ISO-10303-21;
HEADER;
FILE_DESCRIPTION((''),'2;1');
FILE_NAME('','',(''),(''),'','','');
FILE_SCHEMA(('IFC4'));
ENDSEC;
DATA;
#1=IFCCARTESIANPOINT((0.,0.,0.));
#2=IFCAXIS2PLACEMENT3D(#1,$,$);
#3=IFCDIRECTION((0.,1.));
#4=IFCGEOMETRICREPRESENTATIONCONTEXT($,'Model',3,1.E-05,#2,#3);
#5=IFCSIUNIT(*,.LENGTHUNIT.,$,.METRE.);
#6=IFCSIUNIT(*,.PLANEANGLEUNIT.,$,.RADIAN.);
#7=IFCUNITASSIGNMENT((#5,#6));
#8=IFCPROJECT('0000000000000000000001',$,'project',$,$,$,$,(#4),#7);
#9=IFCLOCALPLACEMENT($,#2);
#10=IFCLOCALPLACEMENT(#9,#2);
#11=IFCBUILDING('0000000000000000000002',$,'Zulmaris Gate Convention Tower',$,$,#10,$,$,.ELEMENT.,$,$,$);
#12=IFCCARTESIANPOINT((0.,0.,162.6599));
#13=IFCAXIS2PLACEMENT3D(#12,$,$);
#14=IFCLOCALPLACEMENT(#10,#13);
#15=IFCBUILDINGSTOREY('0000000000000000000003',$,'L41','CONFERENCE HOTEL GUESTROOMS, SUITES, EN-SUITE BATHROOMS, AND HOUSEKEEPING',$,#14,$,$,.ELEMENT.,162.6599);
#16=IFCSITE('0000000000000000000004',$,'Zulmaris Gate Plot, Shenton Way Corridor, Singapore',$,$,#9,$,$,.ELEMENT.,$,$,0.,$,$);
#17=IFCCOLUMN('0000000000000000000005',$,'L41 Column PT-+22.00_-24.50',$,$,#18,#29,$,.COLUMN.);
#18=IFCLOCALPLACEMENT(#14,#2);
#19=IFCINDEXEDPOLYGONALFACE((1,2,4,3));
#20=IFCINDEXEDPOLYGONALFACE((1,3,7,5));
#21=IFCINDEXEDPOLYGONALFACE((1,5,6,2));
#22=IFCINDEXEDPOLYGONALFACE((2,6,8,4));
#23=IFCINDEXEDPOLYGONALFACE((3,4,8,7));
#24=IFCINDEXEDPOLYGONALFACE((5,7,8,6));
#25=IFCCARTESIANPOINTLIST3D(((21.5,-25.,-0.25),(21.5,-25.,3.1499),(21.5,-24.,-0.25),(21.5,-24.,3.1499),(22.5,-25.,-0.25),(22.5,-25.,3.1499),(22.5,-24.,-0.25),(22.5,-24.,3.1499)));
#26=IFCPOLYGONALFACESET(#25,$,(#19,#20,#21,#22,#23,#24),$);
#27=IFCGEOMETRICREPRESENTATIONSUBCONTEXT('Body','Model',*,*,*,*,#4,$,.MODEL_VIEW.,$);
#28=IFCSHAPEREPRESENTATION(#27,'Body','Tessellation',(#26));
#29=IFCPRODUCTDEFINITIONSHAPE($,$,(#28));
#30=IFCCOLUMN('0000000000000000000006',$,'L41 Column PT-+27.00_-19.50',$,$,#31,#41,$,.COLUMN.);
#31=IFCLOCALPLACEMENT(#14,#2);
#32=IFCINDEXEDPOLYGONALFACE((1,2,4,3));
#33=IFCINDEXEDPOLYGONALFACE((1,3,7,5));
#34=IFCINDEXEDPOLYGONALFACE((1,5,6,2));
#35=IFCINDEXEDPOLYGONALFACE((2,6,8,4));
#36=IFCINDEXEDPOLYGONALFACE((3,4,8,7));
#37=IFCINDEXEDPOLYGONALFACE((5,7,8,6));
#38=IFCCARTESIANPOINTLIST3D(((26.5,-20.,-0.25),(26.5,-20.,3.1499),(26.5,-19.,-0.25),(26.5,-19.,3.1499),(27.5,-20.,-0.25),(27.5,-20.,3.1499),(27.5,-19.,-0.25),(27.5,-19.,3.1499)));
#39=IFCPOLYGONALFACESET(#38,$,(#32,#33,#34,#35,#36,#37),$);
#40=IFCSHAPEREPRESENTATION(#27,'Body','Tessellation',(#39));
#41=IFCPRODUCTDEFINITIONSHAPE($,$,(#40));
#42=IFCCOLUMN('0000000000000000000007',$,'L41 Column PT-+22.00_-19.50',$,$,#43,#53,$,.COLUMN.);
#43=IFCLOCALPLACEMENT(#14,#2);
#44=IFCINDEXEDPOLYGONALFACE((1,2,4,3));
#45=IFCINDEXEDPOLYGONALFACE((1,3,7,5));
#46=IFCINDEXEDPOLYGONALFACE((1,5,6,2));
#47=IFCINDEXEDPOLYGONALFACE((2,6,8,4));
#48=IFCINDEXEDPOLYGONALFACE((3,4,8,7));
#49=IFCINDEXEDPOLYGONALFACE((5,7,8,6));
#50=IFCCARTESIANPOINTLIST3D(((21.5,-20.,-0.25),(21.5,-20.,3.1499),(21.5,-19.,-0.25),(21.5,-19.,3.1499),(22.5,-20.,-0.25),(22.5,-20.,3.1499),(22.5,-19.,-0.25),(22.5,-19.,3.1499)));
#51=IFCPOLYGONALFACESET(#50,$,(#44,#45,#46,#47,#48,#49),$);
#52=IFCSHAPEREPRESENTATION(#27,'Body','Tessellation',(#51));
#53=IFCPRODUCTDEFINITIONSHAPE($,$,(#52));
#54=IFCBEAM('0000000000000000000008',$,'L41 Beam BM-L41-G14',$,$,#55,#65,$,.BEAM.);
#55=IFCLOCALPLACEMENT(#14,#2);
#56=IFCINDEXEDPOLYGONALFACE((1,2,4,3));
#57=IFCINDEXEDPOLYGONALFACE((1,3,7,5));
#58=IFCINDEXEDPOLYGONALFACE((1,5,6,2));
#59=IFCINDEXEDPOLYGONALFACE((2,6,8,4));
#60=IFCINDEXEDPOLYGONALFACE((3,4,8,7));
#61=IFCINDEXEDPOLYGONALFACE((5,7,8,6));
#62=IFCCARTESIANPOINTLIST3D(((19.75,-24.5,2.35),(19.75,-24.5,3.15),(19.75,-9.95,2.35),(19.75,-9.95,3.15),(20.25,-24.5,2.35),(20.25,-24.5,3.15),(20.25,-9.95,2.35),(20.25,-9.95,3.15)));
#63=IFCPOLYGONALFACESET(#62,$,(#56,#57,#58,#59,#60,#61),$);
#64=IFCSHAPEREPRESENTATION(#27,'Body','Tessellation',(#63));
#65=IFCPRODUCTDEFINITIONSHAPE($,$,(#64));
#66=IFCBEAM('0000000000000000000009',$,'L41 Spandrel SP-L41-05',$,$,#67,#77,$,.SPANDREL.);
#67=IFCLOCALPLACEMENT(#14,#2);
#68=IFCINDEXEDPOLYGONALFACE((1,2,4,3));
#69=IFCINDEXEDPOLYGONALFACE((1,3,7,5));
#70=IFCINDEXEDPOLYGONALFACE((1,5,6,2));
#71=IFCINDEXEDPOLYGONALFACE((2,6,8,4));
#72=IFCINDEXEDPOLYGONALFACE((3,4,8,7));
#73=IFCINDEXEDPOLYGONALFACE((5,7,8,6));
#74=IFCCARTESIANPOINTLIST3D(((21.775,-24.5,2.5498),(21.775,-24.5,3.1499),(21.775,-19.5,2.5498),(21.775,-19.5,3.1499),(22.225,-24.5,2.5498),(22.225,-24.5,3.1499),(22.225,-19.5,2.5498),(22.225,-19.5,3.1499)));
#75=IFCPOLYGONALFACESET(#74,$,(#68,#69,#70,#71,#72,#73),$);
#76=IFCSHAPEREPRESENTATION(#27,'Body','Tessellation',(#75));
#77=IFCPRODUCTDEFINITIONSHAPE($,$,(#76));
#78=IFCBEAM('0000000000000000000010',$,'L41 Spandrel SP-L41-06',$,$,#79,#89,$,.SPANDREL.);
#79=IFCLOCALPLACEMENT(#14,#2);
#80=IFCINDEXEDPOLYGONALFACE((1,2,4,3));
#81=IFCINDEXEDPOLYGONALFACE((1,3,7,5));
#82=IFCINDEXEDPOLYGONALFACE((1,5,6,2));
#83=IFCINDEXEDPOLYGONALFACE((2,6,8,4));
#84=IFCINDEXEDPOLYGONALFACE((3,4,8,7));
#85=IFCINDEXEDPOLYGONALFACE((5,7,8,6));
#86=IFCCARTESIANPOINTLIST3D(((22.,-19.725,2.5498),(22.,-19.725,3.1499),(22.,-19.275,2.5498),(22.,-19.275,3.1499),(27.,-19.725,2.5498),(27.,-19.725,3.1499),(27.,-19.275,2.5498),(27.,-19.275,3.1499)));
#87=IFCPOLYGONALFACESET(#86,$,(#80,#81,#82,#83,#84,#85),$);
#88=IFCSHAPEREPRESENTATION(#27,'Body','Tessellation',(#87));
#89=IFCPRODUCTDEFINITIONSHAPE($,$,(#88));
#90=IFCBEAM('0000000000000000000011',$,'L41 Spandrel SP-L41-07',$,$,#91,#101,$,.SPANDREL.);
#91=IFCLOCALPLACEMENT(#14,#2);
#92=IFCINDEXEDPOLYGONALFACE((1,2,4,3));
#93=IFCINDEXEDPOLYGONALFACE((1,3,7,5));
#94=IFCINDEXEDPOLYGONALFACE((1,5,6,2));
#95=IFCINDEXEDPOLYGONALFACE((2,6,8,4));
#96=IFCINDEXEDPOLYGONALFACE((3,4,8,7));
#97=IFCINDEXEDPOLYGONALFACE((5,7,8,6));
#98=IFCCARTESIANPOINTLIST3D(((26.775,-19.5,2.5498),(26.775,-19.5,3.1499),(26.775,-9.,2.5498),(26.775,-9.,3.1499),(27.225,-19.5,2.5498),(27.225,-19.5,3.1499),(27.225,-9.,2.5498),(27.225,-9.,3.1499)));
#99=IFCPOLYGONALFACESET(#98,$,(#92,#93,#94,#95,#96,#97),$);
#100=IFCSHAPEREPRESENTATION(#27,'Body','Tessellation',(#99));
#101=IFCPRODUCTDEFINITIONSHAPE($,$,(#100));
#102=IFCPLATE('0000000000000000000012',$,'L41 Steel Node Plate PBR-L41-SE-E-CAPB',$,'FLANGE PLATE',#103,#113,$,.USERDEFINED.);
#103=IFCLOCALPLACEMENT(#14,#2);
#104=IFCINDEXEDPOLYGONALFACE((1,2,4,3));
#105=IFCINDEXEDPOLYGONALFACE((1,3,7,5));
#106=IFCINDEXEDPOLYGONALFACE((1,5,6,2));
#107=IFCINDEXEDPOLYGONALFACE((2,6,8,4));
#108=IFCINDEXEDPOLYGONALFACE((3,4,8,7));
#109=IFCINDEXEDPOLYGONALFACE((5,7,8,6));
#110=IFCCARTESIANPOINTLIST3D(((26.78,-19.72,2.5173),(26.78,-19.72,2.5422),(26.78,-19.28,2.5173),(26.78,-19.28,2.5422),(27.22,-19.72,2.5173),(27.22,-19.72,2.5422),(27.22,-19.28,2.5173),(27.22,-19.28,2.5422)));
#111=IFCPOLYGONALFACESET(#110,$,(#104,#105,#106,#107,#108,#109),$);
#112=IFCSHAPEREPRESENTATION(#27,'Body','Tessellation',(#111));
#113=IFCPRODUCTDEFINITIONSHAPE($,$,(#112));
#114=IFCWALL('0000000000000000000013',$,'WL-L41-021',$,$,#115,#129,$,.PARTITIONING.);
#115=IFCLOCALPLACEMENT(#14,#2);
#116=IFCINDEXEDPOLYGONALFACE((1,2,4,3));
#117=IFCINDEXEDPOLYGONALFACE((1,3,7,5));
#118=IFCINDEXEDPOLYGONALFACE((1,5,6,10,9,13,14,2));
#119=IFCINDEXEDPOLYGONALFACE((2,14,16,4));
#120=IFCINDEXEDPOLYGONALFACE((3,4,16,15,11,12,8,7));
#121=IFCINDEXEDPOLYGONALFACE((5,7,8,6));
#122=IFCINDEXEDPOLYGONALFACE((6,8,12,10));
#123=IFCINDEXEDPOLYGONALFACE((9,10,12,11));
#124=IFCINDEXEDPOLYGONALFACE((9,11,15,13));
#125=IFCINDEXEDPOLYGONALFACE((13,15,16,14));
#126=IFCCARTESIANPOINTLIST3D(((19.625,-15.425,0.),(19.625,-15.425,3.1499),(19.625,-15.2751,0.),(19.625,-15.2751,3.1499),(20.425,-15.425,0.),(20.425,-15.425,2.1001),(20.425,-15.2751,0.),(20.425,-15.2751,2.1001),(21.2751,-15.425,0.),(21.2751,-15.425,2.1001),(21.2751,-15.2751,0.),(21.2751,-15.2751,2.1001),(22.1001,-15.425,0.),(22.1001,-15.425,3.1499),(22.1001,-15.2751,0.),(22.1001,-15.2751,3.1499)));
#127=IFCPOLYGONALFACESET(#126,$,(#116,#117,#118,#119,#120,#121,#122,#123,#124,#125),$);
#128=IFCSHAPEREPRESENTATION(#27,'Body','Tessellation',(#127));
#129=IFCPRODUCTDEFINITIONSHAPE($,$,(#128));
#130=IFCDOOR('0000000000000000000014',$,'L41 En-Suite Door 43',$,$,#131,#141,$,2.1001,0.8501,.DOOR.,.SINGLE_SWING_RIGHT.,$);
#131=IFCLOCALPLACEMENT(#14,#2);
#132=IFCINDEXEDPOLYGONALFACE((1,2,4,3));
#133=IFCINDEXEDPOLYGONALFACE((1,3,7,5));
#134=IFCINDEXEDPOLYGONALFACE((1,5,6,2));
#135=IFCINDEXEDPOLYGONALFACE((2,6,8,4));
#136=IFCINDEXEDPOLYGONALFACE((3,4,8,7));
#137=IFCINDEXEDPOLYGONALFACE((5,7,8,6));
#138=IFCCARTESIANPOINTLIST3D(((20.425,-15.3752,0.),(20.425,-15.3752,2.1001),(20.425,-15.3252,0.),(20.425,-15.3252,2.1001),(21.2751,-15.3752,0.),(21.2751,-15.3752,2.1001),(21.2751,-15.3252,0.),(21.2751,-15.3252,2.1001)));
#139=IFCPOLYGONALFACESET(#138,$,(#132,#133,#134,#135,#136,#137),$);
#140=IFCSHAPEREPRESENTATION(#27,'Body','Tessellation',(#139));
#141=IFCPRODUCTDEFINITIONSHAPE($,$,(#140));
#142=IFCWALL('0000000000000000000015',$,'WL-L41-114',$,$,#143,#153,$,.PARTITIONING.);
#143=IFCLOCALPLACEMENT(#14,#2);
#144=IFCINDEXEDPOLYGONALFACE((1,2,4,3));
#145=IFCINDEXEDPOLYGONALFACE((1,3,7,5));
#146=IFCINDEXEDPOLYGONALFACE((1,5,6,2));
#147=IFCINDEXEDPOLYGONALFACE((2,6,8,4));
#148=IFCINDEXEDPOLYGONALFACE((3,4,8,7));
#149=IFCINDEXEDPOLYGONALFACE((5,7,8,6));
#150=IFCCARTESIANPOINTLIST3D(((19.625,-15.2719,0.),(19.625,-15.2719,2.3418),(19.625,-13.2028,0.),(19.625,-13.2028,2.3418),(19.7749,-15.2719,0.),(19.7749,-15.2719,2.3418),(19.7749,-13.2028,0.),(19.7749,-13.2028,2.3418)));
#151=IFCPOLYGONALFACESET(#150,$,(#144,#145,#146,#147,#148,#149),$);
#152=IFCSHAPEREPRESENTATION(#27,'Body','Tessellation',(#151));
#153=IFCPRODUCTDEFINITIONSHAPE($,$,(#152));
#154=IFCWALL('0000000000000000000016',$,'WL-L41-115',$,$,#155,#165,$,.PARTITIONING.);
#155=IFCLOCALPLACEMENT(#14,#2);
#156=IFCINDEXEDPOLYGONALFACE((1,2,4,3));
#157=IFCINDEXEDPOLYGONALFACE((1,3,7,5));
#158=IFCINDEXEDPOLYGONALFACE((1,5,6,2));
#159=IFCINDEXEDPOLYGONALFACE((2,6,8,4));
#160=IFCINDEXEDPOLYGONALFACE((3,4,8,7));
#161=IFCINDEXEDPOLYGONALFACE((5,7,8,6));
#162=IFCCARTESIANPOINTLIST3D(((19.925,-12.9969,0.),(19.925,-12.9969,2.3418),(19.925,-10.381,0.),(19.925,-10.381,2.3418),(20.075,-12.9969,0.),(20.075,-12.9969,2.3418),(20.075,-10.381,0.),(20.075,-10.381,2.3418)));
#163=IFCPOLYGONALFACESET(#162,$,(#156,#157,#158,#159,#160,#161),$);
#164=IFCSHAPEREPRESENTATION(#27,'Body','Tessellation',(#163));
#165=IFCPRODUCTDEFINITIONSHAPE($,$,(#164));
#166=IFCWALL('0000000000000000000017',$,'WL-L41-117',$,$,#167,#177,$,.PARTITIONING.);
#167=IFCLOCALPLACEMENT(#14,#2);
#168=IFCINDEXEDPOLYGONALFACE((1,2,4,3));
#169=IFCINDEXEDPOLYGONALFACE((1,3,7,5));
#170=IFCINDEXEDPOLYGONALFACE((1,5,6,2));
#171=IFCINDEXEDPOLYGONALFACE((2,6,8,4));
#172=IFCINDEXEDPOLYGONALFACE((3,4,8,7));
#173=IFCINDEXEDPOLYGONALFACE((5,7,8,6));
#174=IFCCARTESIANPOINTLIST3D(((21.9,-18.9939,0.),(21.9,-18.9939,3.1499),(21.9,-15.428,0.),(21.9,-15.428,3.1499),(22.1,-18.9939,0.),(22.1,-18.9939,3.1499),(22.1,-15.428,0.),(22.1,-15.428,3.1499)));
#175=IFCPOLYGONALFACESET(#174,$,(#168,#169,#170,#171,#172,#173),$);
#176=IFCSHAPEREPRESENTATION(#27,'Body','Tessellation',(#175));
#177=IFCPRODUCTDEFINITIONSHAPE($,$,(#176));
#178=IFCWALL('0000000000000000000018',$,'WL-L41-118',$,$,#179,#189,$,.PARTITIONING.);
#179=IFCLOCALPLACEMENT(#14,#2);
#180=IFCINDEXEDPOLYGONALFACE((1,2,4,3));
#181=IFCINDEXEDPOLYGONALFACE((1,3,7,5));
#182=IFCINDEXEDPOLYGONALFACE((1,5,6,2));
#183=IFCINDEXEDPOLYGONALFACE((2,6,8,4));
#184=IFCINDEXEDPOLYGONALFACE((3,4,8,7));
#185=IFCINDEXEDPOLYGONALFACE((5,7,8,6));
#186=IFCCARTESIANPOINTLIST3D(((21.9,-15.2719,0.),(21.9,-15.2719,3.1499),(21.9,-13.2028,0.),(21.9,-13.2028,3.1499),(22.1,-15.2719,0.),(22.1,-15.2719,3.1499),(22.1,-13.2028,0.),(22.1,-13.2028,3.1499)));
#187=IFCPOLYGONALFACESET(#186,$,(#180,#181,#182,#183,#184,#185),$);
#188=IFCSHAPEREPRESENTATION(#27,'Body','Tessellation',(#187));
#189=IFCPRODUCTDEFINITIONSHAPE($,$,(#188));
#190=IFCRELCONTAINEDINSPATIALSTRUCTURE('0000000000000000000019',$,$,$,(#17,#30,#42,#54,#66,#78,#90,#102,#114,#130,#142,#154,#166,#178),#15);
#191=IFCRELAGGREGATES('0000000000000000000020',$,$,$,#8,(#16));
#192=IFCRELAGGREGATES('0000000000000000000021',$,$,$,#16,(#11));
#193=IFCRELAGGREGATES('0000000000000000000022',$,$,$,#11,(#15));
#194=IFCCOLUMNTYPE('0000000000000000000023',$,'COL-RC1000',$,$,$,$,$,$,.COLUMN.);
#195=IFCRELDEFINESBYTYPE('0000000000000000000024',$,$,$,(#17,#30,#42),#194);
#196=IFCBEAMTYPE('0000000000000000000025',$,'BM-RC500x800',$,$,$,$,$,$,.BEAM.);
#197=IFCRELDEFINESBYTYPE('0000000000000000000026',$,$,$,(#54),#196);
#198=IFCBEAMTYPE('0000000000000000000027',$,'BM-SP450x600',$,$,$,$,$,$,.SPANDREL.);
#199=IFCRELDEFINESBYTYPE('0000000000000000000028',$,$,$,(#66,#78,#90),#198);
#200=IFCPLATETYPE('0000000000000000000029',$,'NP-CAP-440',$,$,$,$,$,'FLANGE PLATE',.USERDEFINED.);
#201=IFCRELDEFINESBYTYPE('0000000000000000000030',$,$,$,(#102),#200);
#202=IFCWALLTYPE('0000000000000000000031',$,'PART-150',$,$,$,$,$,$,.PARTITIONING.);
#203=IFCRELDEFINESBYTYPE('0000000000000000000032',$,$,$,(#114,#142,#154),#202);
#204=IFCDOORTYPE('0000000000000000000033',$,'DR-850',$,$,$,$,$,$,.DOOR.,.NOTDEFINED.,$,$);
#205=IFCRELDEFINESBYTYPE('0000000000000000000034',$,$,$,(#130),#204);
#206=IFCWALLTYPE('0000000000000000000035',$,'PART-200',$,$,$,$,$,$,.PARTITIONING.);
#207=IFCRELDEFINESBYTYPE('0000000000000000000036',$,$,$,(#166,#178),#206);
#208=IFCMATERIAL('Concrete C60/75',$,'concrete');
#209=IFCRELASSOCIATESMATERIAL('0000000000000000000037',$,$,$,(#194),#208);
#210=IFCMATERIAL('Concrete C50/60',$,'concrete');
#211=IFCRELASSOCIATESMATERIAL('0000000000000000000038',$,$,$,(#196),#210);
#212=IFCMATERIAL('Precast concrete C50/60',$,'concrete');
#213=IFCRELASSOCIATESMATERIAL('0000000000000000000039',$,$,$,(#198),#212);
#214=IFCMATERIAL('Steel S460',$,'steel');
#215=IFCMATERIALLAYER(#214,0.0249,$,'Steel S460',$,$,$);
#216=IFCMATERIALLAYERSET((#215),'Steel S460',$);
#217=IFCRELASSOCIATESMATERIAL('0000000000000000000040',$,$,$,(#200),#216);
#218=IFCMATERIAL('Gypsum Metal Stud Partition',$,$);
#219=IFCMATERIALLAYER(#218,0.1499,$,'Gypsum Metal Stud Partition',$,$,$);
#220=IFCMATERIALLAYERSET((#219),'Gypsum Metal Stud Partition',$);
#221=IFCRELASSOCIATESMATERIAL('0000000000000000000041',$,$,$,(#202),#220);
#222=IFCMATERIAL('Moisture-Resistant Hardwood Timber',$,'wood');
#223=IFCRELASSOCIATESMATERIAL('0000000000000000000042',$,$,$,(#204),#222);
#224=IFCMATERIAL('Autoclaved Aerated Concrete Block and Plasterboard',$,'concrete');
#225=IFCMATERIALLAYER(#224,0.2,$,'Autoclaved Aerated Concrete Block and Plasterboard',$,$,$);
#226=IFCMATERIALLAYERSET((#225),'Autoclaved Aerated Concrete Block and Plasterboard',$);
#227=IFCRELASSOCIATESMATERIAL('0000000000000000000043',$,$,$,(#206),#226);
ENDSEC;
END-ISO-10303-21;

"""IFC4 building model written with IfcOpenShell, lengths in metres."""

from ifc_helpers import new_model, si_unit, direction, frame, frame_2d, origin, origin_2d, place, context, subcontext, project, spatial, rectangle, extrude, material, layer, layer_set, material_profile, profile_set, type_object, element, fill, save


model = new_model("IFC4")

# Units and contexts
model_context = context("Model", 3, precision=1e-05, world=origin(), true_north=direction((0.0, 1.0)))
body_context = subcontext(model_context, "Body", "Model", "MODEL_VIEW")
ifc_project = project(units=[si_unit("LENGTHUNIT", "METRE"), si_unit("PLANEANGLEUNIT", "RADIAN")], contexts=[model_context])

# Site, building, storey
site_placement = place(None, origin())
site = spatial("IfcSite", under=ifc_project, at=site_placement, Name="Zulmaris Gate Plot, Shenton Way Corridor, Singapore", CompositionType="ELEMENT", RefElevation=0.0)
building_placement = place(site_placement, origin())
building = spatial("IfcBuilding", under=site, at=building_placement, Name="Zulmaris Gate Convention Tower", CompositionType="ELEMENT")
storey_placement = place(building_placement, frame((0.0, 0.0, 162.6599)))
storey = spatial("IfcBuildingStorey", under=building, at=storey_placement, Name="L41", Description="CONFERENCE HOTEL GUESTROOMS, SUITES, EN-SUITE BATHROOMS, AND HOUSEKEEPING", CompositionType="ELEMENT", Elevation=162.6599)

# Columns
ifc_material_1 = material(Name="Concrete C60/75", Category="concrete")
ifc_material_profile_1 = material_profile(ifc_material_1, rectangle(XDim=1.0, YDim=1.0, at=origin_2d()), Name="RC COL 1000x1000")
ifc_profile_set_1 = profile_set([ifc_material_profile_1], Name="Concrete C60/75")
column_type = type_object("IfcColumnType", Name="COL-RC1000", PredefinedType="COLUMN", material=ifc_profile_set_1)
for number, where, z_axis, x_axis, name in (
    (1, (22.0, -24.5, -0.25), (0.0, 0.0, 1.0), (1.0, 0.0, 0.0), "L41 Column PT-+22.00_-24.50"),
    (2, (27.0, -19.5, -0.25), (0.0, 0.0, 1.0), (1.0, 0.0, 0.0), "L41 Column PT-+27.00_-19.50"),
    (3, (22.0, -19.5, -0.25), (0.0, 0.0, 1.0), (1.0, 0.0, 0.0), "L41 Column PT-+22.00_-19.50"),
):
    element("IfcColumn", number, at=place(storey_placement, frame(where, z_axis=z_axis, x_axis=x_axis)), inside=storey, type_object=column_type, Name=name, PredefinedType="COLUMN", context=body_context, shape_type="SweptSolid", body=[
        extrude(rectangle(XDim=1.0, YDim=1.0, at=origin_2d()), origin(), (0.0, 0.0, 1.0), 3.3999),
    ])

# Beams
ifc_material_2 = material(Name="Concrete C50/60", Category="concrete")
ifc_material_profile_2 = material_profile(ifc_material_2, rectangle(XDim=0.5, YDim=0.8, at=origin_2d()), Name="RC BEAM 500x800")
ifc_profile_set_2 = profile_set([ifc_material_profile_2], Name="Concrete C50/60")
beam_type_1 = type_object("IfcBeamType", Name="BM-RC500x800", PredefinedType="BEAM", material=ifc_profile_set_2)
beam_1_placement = place(storey_placement, frame((20.0, -24.5, 2.75), z_axis=(0.0, 1.0, 0.0), x_axis=(-1.0, 0.0, 0.0)))
element("IfcBeam", 4, at=beam_1_placement, inside=storey, type_object=beam_type_1, Name="L41 Beam BM-L41-G14", PredefinedType="BEAM", context=body_context, shape_type="SweptSolid", body=[
    extrude(rectangle(XDim=0.5, YDim=0.8, at=origin_2d()), origin(), (0.0, 0.0, 1.0), 14.55),
])
ifc_material_3 = material(Name="Precast concrete C50/60", Category="concrete")
ifc_material_profile_3 = material_profile(ifc_material_3, rectangle(XDim=0.45, YDim=0.6001, at=origin_2d()), Name="RC SPANDREL 450x600")
ifc_profile_set_3 = profile_set([ifc_material_profile_3], Name="Precast concrete C50/60")
beam_type_2 = type_object("IfcBeamType", Name="BM-SP450x600", PredefinedType="SPANDREL", material=ifc_profile_set_3)
for number, where, z_axis, x_axis, name in (
    (5, (22.0, -24.5, 2.8499), (0.0, 1.0, 0.0), (-1.0, 0.0, 0.0), "L41 Spandrel SP-L41-05"),
    (6, (22.0, -19.5, 2.8499), (1.0, 0.0, 0.0), (0.0, 1.0, 0.0), "L41 Spandrel SP-L41-06"),
):
    element("IfcBeam", number, at=place(storey_placement, frame(where, z_axis=z_axis, x_axis=x_axis)), inside=storey, type_object=beam_type_2, Name=name, PredefinedType="SPANDREL", context=body_context, shape_type="SweptSolid", body=[
        extrude(rectangle(XDim=0.45, YDim=0.6001, at=origin_2d()), origin(), (0.0, 0.0, 1.0), 5.0),
    ])
beam_2_placement = place(storey_placement, frame((27.0, -19.5, 2.8499), z_axis=(0.0, 1.0, 0.0), x_axis=(-1.0, 0.0, 0.0)))
element("IfcBeam", 7, at=beam_2_placement, inside=storey, type_object=beam_type_2, Name="L41 Spandrel SP-L41-07", PredefinedType="SPANDREL", context=body_context, shape_type="SweptSolid", body=[
    extrude(rectangle(XDim=0.45, YDim=0.6001, at=origin_2d()), origin(), (0.0, 0.0, 1.0), 10.5),
])

# Plate
ifc_material_4 = material(Name="Steel S460", Category="steel")
ifc_layer_1 = layer(ifc_material_4, 0.0249, Name="Steel S460")
ifc_layer_set_1 = layer_set([ifc_layer_1], Name="Steel S460")
plate_type = type_object("IfcPlateType", Name="NP-CAP-440", ElementType="FLANGE PLATE", PredefinedType="USERDEFINED", material=ifc_layer_set_1)
plate_placement = place(storey_placement, frame((27.0, -19.5, 2.5173), z_axis=(0.0, 0.0, 1.0), x_axis=(1.0, 0.0, 0.0)))
element("IfcPlate", 8, at=plate_placement, inside=storey, type_object=plate_type, Name="L41 Steel Node Plate PBR-L41-SE-E-CAPB", ObjectType="FLANGE PLATE", PredefinedType="USERDEFINED", context=body_context, shape_type="SweptSolid", body=[
    extrude(rectangle(XDim=0.4399, YDim=0.4399, at=origin_2d()), origin(), (0.0, 0.0, 1.0), 0.0249),
])

# Wall, opening, door
ifc_material_5 = material(Name="Gypsum Metal Stud Partition")
ifc_layer_2 = layer(ifc_material_5, 0.1499, Name="Gypsum Metal Stud Partition")
ifc_layer_set_2 = layer_set([ifc_layer_2], Name="Gypsum Metal Stud Partition")
wall_type_1 = type_object("IfcWallType", Name="PART-150", PredefinedType="PARTITIONING", material=ifc_layer_set_2)
wall_1_placement = place(storey_placement, frame((19.625, -15.3501, 0.0), z_axis=(0.0, 0.0, 1.0), x_axis=(1.0, 0.0, 0.0)))
wall_1 = element("IfcWall", 9, at=wall_1_placement, inside=storey, type_object=wall_type_1, Name="WL-L41-021", PredefinedType="PARTITIONING", context=body_context, shape_type="SweptSolid", body=[
    extrude(rectangle(XDim=2.4751, YDim=0.1499, at=frame_2d((1.2375, 0.0))), origin(), (0.0, 0.0, 1.0), 3.1499),
])
opening_1_placement = place(wall_1_placement, frame((0.8, 0.0, 0.0)))
opening_1 = element("IfcOpeningElement", 10, at=opening_1_placement, cuts=wall_1, PredefinedType="OPENING", context=body_context, shape_type="SweptSolid", body=[
    extrude(rectangle(XDim=0.8501, YDim=2.1001, at=frame_2d((0.425, 1.05))), frame((0.0, 0.085, 0.0), z_axis=(0.0, -1.0, 0.0), x_axis=(1.0, 0.0, 0.0)), (0.0, 0.0, 1.0), 0.1699),
])
ifc_material_6 = material(Name="Moisture-Resistant Hardwood Timber", Category="wood")
door_type_1 = type_object("IfcDoorType", Name="DR-850", OperationType="NOTDEFINED", PredefinedType="DOOR", material=ifc_material_6)
door_1_placement = place(opening_1_placement, origin())
door_1 = element("IfcDoor", 11, at=door_1_placement, inside=storey, type_object=door_type_1, Name="L41 En-Suite Door 43", OperationType="SINGLE_SWING_RIGHT", OverallHeight=2.1001, OverallWidth=0.8501, PredefinedType="DOOR", context=body_context, shape_type="SweptSolid", body=[
    extrude(rectangle(XDim=0.8501, YDim=2.1001, at=frame_2d((0.425, 1.05))), frame((0.0, 0.0249, 0.0), z_axis=(0.0, -1.0, 0.0), x_axis=(1.0, 0.0, 0.0)), (0.0, 0.0, 1.0), 0.05),
])
fill(opening_1, door_1)

# Walls
wall_2_placement = place(storey_placement, frame((19.7, -15.272, 0.0), z_axis=(0.0, 0.0, 1.0), x_axis=(0.0, 1.0, 0.0)))
element("IfcWall", 12, at=wall_2_placement, inside=storey, type_object=wall_type_1, Name="WL-L41-114", PredefinedType="PARTITIONING", context=body_context, shape_type="SweptSolid", body=[
    extrude(rectangle(XDim=2.0691, YDim=0.1499, at=frame_2d((1.0347, 0.0))), origin(), (0.0, 0.0, 1.0), 2.3418),
])
wall_3_placement = place(storey_placement, frame((20.0, -12.9971, 0.0), z_axis=(0.0, 0.0, 1.0), x_axis=(0.0, 1.0, 0.0)))
element("IfcWall", 13, at=wall_3_placement, inside=storey, type_object=wall_type_1, Name="WL-L41-115", PredefinedType="PARTITIONING", context=body_context, shape_type="SweptSolid", body=[
    extrude(rectangle(XDim=2.616, YDim=0.1499, at=frame_2d((1.3081, 0.0))), origin(), (0.0, 0.0, 1.0), 2.3418),
])
ifc_material_7 = material(Name="Autoclaved Aerated Concrete Block and Plasterboard", Category="concrete")
ifc_layer_3 = layer(ifc_material_7, 0.2, Name="Autoclaved Aerated Concrete Block and Plasterboard")
ifc_layer_set_3 = layer_set([ifc_layer_3], Name="Autoclaved Aerated Concrete Block and Plasterboard")
wall_type_2 = type_object("IfcWallType", Name="PART-200", PredefinedType="PARTITIONING", material=ifc_layer_set_3)
wall_4_placement = place(storey_placement, frame((22.0, -18.9939, 0.0), z_axis=(0.0, 0.0, 1.0), x_axis=(0.0, 1.0, 0.0)))
element("IfcWall", 14, at=wall_4_placement, inside=storey, type_object=wall_type_2, Name="WL-L41-117", PredefinedType="PARTITIONING", context=body_context, shape_type="SweptSolid", body=[
    extrude(rectangle(XDim=3.5659, YDim=0.2, at=frame_2d((1.783, 0.0))), origin(), (0.0, 0.0, 1.0), 3.1499),
])
wall_5_placement = place(storey_placement, frame((22.0, -15.272, 0.0), z_axis=(0.0, 0.0, 1.0), x_axis=(0.0, 1.0, 0.0)))
element("IfcWall", 15, at=wall_5_placement, inside=storey, type_object=wall_type_2, Name="WL-L41-118", PredefinedType="PARTITIONING", context=body_context, shape_type="SweptSolid", body=[
    extrude(rectangle(XDim=2.0691, YDim=0.2, at=frame_2d((1.0347, 0.0))), origin(), (0.0, 0.0, 1.0), 3.1499),
])

save(model, "model.ifc")
